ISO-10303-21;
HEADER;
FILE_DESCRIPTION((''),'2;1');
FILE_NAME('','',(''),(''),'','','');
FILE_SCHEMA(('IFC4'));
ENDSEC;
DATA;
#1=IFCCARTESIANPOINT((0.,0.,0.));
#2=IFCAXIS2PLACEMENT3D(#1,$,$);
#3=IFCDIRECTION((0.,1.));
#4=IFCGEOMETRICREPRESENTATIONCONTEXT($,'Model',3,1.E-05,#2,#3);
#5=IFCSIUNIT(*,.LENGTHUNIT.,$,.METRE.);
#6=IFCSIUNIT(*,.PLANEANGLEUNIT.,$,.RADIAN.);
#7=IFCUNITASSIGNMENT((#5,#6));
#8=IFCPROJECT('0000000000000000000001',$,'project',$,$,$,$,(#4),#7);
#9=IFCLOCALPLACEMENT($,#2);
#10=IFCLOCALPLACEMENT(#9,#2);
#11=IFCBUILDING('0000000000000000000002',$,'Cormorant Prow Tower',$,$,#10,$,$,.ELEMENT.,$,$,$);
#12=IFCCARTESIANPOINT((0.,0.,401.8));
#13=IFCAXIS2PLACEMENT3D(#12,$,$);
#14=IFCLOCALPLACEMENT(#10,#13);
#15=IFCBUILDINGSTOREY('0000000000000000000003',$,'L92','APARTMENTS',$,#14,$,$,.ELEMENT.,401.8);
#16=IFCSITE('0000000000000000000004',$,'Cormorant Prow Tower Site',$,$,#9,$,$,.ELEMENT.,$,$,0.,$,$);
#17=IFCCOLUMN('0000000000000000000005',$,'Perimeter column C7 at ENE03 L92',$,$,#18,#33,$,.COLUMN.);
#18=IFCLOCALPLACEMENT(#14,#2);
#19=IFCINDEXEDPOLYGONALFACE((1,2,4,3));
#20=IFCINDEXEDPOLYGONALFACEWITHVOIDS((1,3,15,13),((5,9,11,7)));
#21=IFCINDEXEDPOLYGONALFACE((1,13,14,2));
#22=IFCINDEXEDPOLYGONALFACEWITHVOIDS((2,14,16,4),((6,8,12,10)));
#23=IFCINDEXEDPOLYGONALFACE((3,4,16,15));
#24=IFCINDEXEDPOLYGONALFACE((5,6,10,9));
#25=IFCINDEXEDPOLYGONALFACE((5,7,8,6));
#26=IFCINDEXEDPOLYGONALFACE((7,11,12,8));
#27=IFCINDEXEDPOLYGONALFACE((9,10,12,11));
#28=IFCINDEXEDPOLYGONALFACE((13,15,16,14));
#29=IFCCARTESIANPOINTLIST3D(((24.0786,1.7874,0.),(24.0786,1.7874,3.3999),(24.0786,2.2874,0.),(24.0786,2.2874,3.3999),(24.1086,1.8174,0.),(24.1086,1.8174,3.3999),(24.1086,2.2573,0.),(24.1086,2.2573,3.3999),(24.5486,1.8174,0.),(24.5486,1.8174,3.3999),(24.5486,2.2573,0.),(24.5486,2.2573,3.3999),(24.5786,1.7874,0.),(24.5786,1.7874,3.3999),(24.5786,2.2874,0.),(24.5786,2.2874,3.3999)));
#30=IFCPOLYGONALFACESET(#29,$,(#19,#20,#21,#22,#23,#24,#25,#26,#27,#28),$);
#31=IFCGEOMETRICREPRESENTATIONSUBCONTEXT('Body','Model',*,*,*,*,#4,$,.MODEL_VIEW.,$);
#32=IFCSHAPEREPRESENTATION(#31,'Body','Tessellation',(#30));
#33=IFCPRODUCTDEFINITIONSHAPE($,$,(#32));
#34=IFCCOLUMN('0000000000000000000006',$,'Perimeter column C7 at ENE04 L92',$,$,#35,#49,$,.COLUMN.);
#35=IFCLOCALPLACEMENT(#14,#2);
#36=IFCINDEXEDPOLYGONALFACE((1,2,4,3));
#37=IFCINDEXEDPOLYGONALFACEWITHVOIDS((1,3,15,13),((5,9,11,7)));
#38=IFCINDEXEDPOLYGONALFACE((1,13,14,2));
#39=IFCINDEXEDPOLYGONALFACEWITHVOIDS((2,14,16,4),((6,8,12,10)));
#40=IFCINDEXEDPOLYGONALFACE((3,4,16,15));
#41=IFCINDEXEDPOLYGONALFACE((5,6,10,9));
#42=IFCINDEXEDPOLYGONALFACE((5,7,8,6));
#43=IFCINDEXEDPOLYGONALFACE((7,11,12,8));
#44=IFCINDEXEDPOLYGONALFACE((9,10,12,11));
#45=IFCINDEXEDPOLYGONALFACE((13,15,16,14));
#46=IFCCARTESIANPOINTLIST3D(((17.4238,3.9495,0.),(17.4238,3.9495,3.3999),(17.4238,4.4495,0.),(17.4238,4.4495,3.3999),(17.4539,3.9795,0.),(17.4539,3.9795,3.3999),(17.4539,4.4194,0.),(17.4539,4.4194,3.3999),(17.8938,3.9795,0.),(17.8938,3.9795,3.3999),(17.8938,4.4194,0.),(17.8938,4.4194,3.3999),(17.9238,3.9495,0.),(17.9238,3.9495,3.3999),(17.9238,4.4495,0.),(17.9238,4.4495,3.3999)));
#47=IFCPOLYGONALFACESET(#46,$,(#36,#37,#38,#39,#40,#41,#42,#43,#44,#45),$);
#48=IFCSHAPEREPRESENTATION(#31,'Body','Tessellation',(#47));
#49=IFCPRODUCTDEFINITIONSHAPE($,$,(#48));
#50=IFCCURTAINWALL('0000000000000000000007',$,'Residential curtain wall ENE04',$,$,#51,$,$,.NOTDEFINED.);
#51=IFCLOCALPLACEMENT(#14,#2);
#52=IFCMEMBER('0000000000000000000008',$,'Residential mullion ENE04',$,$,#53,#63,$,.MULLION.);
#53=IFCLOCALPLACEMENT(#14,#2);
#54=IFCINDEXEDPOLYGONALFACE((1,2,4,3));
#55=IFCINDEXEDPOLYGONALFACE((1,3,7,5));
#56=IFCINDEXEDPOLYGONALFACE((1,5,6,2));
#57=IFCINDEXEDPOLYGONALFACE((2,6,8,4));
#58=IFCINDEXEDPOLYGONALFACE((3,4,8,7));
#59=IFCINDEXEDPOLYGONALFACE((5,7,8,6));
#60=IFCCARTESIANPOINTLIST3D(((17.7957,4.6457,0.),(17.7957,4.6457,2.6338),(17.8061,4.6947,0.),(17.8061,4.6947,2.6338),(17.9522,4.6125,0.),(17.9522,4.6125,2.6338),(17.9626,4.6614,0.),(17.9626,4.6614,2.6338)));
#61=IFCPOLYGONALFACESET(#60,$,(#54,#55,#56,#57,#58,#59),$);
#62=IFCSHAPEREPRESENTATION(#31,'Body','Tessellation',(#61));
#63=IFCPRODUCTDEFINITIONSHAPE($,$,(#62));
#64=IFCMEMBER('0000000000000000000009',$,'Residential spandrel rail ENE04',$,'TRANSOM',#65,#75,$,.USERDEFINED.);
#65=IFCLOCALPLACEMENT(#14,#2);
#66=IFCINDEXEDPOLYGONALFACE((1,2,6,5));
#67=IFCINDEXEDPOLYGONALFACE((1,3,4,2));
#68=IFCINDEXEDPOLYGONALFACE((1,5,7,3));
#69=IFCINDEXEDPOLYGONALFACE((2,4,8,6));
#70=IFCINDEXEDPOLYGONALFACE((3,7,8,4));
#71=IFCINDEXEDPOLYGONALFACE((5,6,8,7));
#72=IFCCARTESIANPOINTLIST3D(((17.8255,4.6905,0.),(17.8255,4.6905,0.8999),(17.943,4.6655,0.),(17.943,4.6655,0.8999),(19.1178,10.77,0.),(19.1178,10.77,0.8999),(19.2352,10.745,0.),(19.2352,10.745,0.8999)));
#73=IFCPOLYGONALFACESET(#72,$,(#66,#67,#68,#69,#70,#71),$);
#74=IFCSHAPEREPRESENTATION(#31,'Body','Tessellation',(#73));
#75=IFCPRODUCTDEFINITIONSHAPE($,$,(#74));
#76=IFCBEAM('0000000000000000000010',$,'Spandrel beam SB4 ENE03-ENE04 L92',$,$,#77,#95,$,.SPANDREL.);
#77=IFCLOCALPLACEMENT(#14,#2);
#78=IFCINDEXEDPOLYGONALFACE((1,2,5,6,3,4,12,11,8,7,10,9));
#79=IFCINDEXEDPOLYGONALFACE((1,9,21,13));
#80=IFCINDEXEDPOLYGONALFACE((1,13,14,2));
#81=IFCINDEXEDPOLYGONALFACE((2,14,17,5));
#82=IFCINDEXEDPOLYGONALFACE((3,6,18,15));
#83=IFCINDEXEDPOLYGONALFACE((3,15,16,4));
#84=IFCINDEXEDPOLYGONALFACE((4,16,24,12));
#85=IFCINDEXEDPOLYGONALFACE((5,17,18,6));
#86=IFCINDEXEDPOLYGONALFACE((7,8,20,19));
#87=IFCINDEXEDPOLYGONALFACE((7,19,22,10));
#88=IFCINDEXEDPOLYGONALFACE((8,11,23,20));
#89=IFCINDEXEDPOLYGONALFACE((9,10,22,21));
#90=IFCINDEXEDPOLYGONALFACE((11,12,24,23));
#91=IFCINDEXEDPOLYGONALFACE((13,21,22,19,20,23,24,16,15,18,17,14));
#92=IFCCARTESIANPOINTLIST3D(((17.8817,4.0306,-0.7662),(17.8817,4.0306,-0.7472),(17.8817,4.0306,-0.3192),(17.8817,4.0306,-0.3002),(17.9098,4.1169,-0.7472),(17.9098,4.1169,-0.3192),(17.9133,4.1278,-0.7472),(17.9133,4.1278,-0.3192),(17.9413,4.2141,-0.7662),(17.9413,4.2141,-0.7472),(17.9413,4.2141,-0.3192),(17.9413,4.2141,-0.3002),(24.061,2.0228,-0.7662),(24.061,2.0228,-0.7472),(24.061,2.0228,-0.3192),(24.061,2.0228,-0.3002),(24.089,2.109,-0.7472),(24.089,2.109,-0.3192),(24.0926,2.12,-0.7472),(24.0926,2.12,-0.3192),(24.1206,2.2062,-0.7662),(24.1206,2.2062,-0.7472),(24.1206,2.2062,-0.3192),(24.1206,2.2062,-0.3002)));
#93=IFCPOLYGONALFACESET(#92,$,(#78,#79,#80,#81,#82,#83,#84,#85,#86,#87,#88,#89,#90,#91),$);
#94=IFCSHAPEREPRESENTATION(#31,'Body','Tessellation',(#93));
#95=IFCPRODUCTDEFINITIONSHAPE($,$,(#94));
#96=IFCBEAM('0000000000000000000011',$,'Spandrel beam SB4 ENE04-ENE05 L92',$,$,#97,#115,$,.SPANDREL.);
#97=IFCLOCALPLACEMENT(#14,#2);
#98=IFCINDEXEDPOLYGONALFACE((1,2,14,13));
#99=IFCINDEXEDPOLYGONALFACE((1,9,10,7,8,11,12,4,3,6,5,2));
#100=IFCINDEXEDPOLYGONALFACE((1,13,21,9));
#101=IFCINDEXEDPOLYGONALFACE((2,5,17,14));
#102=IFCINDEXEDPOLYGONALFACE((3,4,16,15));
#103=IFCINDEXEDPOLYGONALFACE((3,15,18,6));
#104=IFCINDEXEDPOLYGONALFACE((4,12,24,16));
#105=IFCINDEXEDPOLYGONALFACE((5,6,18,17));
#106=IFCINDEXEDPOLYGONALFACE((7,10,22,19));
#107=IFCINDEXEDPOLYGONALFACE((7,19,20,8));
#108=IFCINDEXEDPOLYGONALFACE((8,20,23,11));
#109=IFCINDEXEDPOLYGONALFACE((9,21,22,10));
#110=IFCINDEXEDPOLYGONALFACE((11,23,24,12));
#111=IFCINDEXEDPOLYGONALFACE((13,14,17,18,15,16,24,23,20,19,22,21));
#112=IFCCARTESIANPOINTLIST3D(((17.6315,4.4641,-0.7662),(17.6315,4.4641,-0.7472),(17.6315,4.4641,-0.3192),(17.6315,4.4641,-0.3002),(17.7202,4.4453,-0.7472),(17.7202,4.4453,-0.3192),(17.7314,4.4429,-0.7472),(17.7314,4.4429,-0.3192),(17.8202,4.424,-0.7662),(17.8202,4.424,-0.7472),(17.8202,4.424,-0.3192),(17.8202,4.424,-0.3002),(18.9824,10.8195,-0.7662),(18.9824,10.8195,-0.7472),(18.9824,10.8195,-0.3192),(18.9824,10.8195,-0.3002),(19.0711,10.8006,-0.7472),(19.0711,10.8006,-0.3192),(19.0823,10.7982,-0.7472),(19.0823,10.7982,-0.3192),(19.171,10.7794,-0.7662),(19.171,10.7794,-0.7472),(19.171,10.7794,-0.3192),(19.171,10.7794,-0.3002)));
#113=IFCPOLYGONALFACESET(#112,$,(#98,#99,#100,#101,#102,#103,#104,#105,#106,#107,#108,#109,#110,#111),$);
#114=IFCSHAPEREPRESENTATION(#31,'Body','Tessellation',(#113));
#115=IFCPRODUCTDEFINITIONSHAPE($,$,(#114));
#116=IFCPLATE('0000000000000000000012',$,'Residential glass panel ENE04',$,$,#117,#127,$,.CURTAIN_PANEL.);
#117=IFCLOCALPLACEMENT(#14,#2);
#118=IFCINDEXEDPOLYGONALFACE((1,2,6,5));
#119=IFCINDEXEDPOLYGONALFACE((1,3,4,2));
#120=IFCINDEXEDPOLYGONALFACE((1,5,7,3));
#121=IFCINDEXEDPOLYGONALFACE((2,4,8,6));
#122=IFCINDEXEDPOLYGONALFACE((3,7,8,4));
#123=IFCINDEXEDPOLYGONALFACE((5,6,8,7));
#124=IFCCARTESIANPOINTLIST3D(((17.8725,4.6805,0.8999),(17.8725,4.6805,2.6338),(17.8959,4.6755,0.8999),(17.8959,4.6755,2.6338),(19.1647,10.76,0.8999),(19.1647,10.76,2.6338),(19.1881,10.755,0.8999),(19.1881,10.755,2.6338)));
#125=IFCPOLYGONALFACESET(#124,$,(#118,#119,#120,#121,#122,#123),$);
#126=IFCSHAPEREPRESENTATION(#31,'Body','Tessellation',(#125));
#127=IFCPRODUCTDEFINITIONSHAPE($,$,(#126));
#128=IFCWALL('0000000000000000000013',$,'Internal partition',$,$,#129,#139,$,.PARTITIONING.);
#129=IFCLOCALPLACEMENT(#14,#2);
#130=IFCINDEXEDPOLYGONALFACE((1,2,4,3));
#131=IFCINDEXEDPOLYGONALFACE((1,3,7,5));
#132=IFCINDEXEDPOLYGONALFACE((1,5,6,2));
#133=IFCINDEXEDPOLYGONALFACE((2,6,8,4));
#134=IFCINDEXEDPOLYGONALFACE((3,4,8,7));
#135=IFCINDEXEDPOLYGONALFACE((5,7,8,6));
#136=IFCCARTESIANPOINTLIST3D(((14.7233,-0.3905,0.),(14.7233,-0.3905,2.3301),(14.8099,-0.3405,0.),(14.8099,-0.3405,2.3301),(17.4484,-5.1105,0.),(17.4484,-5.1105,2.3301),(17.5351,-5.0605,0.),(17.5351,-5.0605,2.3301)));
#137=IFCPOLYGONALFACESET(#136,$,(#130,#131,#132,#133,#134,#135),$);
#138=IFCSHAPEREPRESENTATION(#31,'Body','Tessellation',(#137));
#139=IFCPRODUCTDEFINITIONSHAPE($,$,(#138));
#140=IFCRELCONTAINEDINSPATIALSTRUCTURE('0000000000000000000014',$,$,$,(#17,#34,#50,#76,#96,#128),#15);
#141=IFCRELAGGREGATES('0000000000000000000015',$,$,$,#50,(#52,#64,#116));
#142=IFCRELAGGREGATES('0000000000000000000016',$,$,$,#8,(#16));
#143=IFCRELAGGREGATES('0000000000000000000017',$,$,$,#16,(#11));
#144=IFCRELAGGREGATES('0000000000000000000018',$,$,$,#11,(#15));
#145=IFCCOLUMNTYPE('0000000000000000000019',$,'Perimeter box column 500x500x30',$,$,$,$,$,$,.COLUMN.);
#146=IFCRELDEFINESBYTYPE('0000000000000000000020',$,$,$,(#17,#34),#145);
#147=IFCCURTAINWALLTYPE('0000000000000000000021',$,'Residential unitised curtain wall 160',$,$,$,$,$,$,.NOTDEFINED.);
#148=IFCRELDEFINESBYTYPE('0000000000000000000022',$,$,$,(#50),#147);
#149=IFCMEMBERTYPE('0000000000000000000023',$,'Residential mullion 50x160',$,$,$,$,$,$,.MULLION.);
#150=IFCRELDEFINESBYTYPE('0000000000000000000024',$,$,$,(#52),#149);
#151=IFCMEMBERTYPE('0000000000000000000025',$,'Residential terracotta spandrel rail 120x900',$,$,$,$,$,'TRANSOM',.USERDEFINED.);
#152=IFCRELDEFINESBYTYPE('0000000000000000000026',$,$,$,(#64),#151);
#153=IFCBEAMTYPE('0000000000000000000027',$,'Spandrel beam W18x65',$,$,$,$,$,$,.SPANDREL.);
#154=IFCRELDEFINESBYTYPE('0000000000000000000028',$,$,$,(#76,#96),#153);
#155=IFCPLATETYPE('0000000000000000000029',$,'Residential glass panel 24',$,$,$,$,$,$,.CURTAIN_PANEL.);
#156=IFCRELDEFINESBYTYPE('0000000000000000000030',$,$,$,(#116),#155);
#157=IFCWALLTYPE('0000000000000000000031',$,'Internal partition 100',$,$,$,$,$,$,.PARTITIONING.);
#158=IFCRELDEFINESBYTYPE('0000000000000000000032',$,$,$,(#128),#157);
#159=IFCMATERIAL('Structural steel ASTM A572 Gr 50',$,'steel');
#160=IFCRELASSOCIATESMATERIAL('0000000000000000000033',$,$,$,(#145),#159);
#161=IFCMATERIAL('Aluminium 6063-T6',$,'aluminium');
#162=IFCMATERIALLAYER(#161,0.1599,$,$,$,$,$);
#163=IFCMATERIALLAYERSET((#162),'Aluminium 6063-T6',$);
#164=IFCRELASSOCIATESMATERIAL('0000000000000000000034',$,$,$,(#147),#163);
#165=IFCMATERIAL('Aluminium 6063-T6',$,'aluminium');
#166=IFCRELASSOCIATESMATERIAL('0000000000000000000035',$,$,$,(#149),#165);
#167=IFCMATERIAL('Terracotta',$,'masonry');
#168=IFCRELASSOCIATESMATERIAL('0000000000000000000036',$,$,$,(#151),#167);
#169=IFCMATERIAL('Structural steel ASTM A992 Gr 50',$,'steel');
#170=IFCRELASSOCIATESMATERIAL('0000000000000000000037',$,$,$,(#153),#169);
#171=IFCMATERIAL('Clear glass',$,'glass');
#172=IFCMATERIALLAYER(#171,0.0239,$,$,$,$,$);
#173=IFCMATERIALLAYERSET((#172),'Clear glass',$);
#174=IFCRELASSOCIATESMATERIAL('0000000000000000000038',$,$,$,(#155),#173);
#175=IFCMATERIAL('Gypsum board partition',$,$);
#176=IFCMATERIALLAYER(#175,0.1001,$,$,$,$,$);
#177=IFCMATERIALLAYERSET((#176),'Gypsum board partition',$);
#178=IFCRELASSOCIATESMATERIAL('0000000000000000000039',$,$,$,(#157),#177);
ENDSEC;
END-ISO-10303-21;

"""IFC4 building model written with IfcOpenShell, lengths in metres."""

from ifc_helpers import new_model, si_unit, direction, frame, frame_2d, origin, origin_2d, place, context, subcontext, project, spatial, rectangle, hollow_rectangle, i_section, extrude, material, layer, layer_set, material_profile, profile_set, type_object, element, aggregate, save


model = new_model("IFC4")

# Units and contexts
model_context = context("Model", 3, precision=1e-05, world=origin(), true_north=direction((0.0, 1.0)))
body_context = subcontext(model_context, "Body", "Model", "MODEL_VIEW")
ifc_project = project(units=[si_unit("LENGTHUNIT", "METRE"), si_unit("PLANEANGLEUNIT", "RADIAN")], contexts=[model_context])

# Site, building, storey
site_placement = place(None, origin())
site = spatial("IfcSite", under=ifc_project, at=site_placement, Name="Cormorant Prow Tower Site", CompositionType="ELEMENT", RefElevation=0.0)
building_placement = place(site_placement, origin())
building = spatial("IfcBuilding", under=site, at=building_placement, Name="Cormorant Prow Tower", CompositionType="ELEMENT")
storey_placement = place(building_placement, frame((0.0, 0.0, 401.8)))
storey = spatial("IfcBuildingStorey", under=building, at=storey_placement, Name="L92", Description="APARTMENTS", CompositionType="ELEMENT", Elevation=401.8)

# Columns
ifc_material_1 = material(Name="Structural steel ASTM A572 Gr 50", Category="steel")
ifc_material_profile_1 = material_profile(ifc_material_1, hollow_rectangle(XDim=0.5, YDim=0.5, WallThickness=0.03, at=origin_2d()), Name="Box 500x500x30")
ifc_profile_set_1 = profile_set([ifc_material_profile_1], Name="Structural steel ASTM A572 Gr 50")
column_type = type_object("IfcColumnType", Name="Perimeter box column 500x500x30", PredefinedType="COLUMN", material=ifc_profile_set_1)
for number, where, z_axis, x_axis, name in (
    (1, (24.3286, 2.0374, 0.0), (0.0, 0.0, 1.0), (1.0, 0.0, 0.0), "Perimeter column C7 at ENE03 L92"),
    (2, (17.6738, 4.1995, 0.0), (0.0, 0.0, 1.0), (1.0, 0.0, 0.0), "Perimeter column C7 at ENE04 L92"),
):
    element("IfcColumn", number, at=place(storey_placement, frame(where, z_axis=z_axis, x_axis=x_axis)), inside=storey, type_object=column_type, Name=name, PredefinedType="COLUMN", context=body_context, shape_type="SweptSolid", body=[
        extrude(hollow_rectangle(XDim=0.5, YDim=0.5, WallThickness=0.03, at=origin_2d()), origin(), (0.0, 0.0, 1.0), 3.3999),
    ])

# Curtain wall, members
ifc_material_2 = material(Name="Aluminium 6063-T6", Category="aluminium")
ifc_layer_1 = layer(ifc_material_2, 0.1599)
ifc_layer_set_1 = layer_set([ifc_layer_1], Name="Aluminium 6063-T6")
curtain_wall_type = type_object("IfcCurtainWallType", Name="Residential unitised curtain wall 160", PredefinedType="NOTDEFINED", material=ifc_layer_set_1)
curtain_wall_placement = place(storey_placement, origin())
curtain_wall = element("IfcCurtainWall", 3, at=curtain_wall_placement, inside=storey, type_object=curtain_wall_type, Name="Residential curtain wall ENE04", PredefinedType="NOTDEFINED")
ifc_material_3 = material(Name="Aluminium 6063-T6", Category="aluminium")
ifc_material_profile_2 = material_profile(ifc_material_3, rectangle(XDim=0.1599, YDim=0.05, at=origin_2d()), Name="Residential mullion 50x160")
ifc_profile_set_2 = profile_set([ifc_material_profile_2], Name="Aluminium 6063-T6")
member_type_1 = type_object("IfcMemberType", Name="Residential mullion 50x160", PredefinedType="MULLION", material=ifc_profile_set_2)
member_1_placement = place(storey_placement, frame((17.8792, 4.6536, 0.0), z_axis=(0.0, 0.0, 1.0), x_axis=(-0.978148, 0.207912, 0.0)))
member_1 = element("IfcMember", 4, at=member_1_placement, type_object=member_type_1, Name="Residential mullion ENE04", PredefinedType="MULLION", context=body_context, shape_type="SweptSolid", body=[
    extrude(rectangle(XDim=0.1599, YDim=0.05, at=origin_2d()), origin(), (0.0, 0.0, 1.0), 2.6338),
])
ifc_material_4 = material(Name="Terracotta", Category="masonry")
ifc_material_profile_3 = material_profile(ifc_material_4, rectangle(XDim=0.1201, YDim=0.8999, at=origin_2d()), Name="Residential terracotta spandrel rail 120x900")
ifc_profile_set_3 = profile_set([ifc_material_profile_3], Name="Terracotta")
member_type_2 = type_object("IfcMemberType", Name="Residential terracotta spandrel rail 120x900", ElementType="TRANSOM", PredefinedType="USERDEFINED", material=ifc_profile_set_3)
member_2_placement = place(storey_placement, frame((17.8843, 4.678, 0.45), z_axis=(0.207909, 0.978148, 0.0), x_axis=(-0.978148, 0.207909, 0.0)))
member_2 = element("IfcMember", 5, at=member_2_placement, type_object=member_type_2, Name="Residential spandrel rail ENE04", ObjectType="TRANSOM", PredefinedType="USERDEFINED", context=body_context, shape_type="SweptSolid", body=[
    extrude(rectangle(XDim=0.1201, YDim=0.8999, at=origin_2d()), origin(), (0.0, 0.0, 1.0), 6.2153),
])

# Beams
ifc_material_5 = material(Name="Structural steel ASTM A992 Gr 50", Category="steel")
ifc_material_profile_4 = material_profile(ifc_material_5, i_section(OverallWidth=0.1929, OverallDepth=0.4661, WebThickness=0.0115, FlangeThickness=0.019, at=origin_2d()), Name="W18x65")
ifc_profile_set_4 = profile_set([ifc_material_profile_4], Name="Structural steel ASTM A992 Gr 50")
beam_type = type_object("IfcBeamType", Name="Spandrel beam W18x65", PredefinedType="SPANDREL", material=ifc_profile_set_4)
for number, where, z_axis, x_axis, name in (
    (6, (24.0908, 2.1145, -0.5332), (-0.951053, 0.309027, 0.0), (-0.309027, -0.951053, 0.0), "Spandrel beam SB4 ENE03-ENE04 L92"),
    (7, (17.7258, 4.4441, -0.5332), (0.20791, 0.978148, 0.0), (-0.978148, 0.20791, 0.0), "Spandrel beam SB4 ENE04-ENE05 L92"),
):
    element("IfcBeam", number, at=place(storey_placement, frame(where, z_axis=z_axis, x_axis=x_axis)), inside=storey, type_object=beam_type, Name=name, PredefinedType="SPANDREL", context=body_context, shape_type="SweptSolid", body=[
        extrude(i_section(OverallWidth=0.1929, OverallDepth=0.4661, WebThickness=0.0115, FlangeThickness=0.019, at=origin_2d()), origin(), (0.0, 0.0, 1.0), 6.4973),
    ])

# Plate
ifc_material_6 = material(Name="Clear glass", Category="glass")
ifc_layer_2 = layer(ifc_material_6, 0.0239)
ifc_layer_set_2 = layer_set([ifc_layer_2], Name="Clear glass")
plate_type = type_object("IfcPlateType", Name="Residential glass panel 24", PredefinedType="CURTAIN_PANEL", material=ifc_layer_set_2)
plate_placement = place(storey_placement, frame((18.5303, 7.7178, 0.8999), z_axis=(0.0, 0.0, 1.0), x_axis=(0.207912, 0.978148, 0.0)))
plate = element("IfcPlate", 8, at=plate_placement, type_object=plate_type, Name="Residential glass panel ENE04", PredefinedType="CURTAIN_PANEL", context=body_context, shape_type="SweptSolid", body=[
    extrude(rectangle(XDim=6.2153, YDim=0.0239, at=origin_2d()), origin(), (0.0, 0.0, 1.0), 1.7339),
])
aggregate(curtain_wall, [member_1, member_2, plate])

# Wall
ifc_material_7 = material(Name="Gypsum board partition")
ifc_layer_3 = layer(ifc_material_7, 0.1001)
ifc_layer_set_3 = layer_set([ifc_layer_3], Name="Gypsum board partition")
wall_type_1 = type_object("IfcWallType", Name="Internal partition 100", PredefinedType="PARTITIONING", material=ifc_layer_set_3)
wall_1_placement = place(storey_placement, frame((14.7666, -0.3655, 0.0), z_axis=(0.0, 0.0, 1.0), x_axis=(0.500003, -0.866024, 0.0)))
element("IfcWall", 9, at=wall_1_placement, inside=storey, type_object=wall_type_1, Name="Internal partition", PredefinedType="PARTITIONING", context=body_context, shape_type="SweptSolid", body=[
    extrude(rectangle(XDim=5.4502, YDim=0.1001, at=frame_2d((2.7251, 0.0))), origin(), (0.0, 0.0, 1.0), 2.3301),
])

save(model, "model.ifc")
